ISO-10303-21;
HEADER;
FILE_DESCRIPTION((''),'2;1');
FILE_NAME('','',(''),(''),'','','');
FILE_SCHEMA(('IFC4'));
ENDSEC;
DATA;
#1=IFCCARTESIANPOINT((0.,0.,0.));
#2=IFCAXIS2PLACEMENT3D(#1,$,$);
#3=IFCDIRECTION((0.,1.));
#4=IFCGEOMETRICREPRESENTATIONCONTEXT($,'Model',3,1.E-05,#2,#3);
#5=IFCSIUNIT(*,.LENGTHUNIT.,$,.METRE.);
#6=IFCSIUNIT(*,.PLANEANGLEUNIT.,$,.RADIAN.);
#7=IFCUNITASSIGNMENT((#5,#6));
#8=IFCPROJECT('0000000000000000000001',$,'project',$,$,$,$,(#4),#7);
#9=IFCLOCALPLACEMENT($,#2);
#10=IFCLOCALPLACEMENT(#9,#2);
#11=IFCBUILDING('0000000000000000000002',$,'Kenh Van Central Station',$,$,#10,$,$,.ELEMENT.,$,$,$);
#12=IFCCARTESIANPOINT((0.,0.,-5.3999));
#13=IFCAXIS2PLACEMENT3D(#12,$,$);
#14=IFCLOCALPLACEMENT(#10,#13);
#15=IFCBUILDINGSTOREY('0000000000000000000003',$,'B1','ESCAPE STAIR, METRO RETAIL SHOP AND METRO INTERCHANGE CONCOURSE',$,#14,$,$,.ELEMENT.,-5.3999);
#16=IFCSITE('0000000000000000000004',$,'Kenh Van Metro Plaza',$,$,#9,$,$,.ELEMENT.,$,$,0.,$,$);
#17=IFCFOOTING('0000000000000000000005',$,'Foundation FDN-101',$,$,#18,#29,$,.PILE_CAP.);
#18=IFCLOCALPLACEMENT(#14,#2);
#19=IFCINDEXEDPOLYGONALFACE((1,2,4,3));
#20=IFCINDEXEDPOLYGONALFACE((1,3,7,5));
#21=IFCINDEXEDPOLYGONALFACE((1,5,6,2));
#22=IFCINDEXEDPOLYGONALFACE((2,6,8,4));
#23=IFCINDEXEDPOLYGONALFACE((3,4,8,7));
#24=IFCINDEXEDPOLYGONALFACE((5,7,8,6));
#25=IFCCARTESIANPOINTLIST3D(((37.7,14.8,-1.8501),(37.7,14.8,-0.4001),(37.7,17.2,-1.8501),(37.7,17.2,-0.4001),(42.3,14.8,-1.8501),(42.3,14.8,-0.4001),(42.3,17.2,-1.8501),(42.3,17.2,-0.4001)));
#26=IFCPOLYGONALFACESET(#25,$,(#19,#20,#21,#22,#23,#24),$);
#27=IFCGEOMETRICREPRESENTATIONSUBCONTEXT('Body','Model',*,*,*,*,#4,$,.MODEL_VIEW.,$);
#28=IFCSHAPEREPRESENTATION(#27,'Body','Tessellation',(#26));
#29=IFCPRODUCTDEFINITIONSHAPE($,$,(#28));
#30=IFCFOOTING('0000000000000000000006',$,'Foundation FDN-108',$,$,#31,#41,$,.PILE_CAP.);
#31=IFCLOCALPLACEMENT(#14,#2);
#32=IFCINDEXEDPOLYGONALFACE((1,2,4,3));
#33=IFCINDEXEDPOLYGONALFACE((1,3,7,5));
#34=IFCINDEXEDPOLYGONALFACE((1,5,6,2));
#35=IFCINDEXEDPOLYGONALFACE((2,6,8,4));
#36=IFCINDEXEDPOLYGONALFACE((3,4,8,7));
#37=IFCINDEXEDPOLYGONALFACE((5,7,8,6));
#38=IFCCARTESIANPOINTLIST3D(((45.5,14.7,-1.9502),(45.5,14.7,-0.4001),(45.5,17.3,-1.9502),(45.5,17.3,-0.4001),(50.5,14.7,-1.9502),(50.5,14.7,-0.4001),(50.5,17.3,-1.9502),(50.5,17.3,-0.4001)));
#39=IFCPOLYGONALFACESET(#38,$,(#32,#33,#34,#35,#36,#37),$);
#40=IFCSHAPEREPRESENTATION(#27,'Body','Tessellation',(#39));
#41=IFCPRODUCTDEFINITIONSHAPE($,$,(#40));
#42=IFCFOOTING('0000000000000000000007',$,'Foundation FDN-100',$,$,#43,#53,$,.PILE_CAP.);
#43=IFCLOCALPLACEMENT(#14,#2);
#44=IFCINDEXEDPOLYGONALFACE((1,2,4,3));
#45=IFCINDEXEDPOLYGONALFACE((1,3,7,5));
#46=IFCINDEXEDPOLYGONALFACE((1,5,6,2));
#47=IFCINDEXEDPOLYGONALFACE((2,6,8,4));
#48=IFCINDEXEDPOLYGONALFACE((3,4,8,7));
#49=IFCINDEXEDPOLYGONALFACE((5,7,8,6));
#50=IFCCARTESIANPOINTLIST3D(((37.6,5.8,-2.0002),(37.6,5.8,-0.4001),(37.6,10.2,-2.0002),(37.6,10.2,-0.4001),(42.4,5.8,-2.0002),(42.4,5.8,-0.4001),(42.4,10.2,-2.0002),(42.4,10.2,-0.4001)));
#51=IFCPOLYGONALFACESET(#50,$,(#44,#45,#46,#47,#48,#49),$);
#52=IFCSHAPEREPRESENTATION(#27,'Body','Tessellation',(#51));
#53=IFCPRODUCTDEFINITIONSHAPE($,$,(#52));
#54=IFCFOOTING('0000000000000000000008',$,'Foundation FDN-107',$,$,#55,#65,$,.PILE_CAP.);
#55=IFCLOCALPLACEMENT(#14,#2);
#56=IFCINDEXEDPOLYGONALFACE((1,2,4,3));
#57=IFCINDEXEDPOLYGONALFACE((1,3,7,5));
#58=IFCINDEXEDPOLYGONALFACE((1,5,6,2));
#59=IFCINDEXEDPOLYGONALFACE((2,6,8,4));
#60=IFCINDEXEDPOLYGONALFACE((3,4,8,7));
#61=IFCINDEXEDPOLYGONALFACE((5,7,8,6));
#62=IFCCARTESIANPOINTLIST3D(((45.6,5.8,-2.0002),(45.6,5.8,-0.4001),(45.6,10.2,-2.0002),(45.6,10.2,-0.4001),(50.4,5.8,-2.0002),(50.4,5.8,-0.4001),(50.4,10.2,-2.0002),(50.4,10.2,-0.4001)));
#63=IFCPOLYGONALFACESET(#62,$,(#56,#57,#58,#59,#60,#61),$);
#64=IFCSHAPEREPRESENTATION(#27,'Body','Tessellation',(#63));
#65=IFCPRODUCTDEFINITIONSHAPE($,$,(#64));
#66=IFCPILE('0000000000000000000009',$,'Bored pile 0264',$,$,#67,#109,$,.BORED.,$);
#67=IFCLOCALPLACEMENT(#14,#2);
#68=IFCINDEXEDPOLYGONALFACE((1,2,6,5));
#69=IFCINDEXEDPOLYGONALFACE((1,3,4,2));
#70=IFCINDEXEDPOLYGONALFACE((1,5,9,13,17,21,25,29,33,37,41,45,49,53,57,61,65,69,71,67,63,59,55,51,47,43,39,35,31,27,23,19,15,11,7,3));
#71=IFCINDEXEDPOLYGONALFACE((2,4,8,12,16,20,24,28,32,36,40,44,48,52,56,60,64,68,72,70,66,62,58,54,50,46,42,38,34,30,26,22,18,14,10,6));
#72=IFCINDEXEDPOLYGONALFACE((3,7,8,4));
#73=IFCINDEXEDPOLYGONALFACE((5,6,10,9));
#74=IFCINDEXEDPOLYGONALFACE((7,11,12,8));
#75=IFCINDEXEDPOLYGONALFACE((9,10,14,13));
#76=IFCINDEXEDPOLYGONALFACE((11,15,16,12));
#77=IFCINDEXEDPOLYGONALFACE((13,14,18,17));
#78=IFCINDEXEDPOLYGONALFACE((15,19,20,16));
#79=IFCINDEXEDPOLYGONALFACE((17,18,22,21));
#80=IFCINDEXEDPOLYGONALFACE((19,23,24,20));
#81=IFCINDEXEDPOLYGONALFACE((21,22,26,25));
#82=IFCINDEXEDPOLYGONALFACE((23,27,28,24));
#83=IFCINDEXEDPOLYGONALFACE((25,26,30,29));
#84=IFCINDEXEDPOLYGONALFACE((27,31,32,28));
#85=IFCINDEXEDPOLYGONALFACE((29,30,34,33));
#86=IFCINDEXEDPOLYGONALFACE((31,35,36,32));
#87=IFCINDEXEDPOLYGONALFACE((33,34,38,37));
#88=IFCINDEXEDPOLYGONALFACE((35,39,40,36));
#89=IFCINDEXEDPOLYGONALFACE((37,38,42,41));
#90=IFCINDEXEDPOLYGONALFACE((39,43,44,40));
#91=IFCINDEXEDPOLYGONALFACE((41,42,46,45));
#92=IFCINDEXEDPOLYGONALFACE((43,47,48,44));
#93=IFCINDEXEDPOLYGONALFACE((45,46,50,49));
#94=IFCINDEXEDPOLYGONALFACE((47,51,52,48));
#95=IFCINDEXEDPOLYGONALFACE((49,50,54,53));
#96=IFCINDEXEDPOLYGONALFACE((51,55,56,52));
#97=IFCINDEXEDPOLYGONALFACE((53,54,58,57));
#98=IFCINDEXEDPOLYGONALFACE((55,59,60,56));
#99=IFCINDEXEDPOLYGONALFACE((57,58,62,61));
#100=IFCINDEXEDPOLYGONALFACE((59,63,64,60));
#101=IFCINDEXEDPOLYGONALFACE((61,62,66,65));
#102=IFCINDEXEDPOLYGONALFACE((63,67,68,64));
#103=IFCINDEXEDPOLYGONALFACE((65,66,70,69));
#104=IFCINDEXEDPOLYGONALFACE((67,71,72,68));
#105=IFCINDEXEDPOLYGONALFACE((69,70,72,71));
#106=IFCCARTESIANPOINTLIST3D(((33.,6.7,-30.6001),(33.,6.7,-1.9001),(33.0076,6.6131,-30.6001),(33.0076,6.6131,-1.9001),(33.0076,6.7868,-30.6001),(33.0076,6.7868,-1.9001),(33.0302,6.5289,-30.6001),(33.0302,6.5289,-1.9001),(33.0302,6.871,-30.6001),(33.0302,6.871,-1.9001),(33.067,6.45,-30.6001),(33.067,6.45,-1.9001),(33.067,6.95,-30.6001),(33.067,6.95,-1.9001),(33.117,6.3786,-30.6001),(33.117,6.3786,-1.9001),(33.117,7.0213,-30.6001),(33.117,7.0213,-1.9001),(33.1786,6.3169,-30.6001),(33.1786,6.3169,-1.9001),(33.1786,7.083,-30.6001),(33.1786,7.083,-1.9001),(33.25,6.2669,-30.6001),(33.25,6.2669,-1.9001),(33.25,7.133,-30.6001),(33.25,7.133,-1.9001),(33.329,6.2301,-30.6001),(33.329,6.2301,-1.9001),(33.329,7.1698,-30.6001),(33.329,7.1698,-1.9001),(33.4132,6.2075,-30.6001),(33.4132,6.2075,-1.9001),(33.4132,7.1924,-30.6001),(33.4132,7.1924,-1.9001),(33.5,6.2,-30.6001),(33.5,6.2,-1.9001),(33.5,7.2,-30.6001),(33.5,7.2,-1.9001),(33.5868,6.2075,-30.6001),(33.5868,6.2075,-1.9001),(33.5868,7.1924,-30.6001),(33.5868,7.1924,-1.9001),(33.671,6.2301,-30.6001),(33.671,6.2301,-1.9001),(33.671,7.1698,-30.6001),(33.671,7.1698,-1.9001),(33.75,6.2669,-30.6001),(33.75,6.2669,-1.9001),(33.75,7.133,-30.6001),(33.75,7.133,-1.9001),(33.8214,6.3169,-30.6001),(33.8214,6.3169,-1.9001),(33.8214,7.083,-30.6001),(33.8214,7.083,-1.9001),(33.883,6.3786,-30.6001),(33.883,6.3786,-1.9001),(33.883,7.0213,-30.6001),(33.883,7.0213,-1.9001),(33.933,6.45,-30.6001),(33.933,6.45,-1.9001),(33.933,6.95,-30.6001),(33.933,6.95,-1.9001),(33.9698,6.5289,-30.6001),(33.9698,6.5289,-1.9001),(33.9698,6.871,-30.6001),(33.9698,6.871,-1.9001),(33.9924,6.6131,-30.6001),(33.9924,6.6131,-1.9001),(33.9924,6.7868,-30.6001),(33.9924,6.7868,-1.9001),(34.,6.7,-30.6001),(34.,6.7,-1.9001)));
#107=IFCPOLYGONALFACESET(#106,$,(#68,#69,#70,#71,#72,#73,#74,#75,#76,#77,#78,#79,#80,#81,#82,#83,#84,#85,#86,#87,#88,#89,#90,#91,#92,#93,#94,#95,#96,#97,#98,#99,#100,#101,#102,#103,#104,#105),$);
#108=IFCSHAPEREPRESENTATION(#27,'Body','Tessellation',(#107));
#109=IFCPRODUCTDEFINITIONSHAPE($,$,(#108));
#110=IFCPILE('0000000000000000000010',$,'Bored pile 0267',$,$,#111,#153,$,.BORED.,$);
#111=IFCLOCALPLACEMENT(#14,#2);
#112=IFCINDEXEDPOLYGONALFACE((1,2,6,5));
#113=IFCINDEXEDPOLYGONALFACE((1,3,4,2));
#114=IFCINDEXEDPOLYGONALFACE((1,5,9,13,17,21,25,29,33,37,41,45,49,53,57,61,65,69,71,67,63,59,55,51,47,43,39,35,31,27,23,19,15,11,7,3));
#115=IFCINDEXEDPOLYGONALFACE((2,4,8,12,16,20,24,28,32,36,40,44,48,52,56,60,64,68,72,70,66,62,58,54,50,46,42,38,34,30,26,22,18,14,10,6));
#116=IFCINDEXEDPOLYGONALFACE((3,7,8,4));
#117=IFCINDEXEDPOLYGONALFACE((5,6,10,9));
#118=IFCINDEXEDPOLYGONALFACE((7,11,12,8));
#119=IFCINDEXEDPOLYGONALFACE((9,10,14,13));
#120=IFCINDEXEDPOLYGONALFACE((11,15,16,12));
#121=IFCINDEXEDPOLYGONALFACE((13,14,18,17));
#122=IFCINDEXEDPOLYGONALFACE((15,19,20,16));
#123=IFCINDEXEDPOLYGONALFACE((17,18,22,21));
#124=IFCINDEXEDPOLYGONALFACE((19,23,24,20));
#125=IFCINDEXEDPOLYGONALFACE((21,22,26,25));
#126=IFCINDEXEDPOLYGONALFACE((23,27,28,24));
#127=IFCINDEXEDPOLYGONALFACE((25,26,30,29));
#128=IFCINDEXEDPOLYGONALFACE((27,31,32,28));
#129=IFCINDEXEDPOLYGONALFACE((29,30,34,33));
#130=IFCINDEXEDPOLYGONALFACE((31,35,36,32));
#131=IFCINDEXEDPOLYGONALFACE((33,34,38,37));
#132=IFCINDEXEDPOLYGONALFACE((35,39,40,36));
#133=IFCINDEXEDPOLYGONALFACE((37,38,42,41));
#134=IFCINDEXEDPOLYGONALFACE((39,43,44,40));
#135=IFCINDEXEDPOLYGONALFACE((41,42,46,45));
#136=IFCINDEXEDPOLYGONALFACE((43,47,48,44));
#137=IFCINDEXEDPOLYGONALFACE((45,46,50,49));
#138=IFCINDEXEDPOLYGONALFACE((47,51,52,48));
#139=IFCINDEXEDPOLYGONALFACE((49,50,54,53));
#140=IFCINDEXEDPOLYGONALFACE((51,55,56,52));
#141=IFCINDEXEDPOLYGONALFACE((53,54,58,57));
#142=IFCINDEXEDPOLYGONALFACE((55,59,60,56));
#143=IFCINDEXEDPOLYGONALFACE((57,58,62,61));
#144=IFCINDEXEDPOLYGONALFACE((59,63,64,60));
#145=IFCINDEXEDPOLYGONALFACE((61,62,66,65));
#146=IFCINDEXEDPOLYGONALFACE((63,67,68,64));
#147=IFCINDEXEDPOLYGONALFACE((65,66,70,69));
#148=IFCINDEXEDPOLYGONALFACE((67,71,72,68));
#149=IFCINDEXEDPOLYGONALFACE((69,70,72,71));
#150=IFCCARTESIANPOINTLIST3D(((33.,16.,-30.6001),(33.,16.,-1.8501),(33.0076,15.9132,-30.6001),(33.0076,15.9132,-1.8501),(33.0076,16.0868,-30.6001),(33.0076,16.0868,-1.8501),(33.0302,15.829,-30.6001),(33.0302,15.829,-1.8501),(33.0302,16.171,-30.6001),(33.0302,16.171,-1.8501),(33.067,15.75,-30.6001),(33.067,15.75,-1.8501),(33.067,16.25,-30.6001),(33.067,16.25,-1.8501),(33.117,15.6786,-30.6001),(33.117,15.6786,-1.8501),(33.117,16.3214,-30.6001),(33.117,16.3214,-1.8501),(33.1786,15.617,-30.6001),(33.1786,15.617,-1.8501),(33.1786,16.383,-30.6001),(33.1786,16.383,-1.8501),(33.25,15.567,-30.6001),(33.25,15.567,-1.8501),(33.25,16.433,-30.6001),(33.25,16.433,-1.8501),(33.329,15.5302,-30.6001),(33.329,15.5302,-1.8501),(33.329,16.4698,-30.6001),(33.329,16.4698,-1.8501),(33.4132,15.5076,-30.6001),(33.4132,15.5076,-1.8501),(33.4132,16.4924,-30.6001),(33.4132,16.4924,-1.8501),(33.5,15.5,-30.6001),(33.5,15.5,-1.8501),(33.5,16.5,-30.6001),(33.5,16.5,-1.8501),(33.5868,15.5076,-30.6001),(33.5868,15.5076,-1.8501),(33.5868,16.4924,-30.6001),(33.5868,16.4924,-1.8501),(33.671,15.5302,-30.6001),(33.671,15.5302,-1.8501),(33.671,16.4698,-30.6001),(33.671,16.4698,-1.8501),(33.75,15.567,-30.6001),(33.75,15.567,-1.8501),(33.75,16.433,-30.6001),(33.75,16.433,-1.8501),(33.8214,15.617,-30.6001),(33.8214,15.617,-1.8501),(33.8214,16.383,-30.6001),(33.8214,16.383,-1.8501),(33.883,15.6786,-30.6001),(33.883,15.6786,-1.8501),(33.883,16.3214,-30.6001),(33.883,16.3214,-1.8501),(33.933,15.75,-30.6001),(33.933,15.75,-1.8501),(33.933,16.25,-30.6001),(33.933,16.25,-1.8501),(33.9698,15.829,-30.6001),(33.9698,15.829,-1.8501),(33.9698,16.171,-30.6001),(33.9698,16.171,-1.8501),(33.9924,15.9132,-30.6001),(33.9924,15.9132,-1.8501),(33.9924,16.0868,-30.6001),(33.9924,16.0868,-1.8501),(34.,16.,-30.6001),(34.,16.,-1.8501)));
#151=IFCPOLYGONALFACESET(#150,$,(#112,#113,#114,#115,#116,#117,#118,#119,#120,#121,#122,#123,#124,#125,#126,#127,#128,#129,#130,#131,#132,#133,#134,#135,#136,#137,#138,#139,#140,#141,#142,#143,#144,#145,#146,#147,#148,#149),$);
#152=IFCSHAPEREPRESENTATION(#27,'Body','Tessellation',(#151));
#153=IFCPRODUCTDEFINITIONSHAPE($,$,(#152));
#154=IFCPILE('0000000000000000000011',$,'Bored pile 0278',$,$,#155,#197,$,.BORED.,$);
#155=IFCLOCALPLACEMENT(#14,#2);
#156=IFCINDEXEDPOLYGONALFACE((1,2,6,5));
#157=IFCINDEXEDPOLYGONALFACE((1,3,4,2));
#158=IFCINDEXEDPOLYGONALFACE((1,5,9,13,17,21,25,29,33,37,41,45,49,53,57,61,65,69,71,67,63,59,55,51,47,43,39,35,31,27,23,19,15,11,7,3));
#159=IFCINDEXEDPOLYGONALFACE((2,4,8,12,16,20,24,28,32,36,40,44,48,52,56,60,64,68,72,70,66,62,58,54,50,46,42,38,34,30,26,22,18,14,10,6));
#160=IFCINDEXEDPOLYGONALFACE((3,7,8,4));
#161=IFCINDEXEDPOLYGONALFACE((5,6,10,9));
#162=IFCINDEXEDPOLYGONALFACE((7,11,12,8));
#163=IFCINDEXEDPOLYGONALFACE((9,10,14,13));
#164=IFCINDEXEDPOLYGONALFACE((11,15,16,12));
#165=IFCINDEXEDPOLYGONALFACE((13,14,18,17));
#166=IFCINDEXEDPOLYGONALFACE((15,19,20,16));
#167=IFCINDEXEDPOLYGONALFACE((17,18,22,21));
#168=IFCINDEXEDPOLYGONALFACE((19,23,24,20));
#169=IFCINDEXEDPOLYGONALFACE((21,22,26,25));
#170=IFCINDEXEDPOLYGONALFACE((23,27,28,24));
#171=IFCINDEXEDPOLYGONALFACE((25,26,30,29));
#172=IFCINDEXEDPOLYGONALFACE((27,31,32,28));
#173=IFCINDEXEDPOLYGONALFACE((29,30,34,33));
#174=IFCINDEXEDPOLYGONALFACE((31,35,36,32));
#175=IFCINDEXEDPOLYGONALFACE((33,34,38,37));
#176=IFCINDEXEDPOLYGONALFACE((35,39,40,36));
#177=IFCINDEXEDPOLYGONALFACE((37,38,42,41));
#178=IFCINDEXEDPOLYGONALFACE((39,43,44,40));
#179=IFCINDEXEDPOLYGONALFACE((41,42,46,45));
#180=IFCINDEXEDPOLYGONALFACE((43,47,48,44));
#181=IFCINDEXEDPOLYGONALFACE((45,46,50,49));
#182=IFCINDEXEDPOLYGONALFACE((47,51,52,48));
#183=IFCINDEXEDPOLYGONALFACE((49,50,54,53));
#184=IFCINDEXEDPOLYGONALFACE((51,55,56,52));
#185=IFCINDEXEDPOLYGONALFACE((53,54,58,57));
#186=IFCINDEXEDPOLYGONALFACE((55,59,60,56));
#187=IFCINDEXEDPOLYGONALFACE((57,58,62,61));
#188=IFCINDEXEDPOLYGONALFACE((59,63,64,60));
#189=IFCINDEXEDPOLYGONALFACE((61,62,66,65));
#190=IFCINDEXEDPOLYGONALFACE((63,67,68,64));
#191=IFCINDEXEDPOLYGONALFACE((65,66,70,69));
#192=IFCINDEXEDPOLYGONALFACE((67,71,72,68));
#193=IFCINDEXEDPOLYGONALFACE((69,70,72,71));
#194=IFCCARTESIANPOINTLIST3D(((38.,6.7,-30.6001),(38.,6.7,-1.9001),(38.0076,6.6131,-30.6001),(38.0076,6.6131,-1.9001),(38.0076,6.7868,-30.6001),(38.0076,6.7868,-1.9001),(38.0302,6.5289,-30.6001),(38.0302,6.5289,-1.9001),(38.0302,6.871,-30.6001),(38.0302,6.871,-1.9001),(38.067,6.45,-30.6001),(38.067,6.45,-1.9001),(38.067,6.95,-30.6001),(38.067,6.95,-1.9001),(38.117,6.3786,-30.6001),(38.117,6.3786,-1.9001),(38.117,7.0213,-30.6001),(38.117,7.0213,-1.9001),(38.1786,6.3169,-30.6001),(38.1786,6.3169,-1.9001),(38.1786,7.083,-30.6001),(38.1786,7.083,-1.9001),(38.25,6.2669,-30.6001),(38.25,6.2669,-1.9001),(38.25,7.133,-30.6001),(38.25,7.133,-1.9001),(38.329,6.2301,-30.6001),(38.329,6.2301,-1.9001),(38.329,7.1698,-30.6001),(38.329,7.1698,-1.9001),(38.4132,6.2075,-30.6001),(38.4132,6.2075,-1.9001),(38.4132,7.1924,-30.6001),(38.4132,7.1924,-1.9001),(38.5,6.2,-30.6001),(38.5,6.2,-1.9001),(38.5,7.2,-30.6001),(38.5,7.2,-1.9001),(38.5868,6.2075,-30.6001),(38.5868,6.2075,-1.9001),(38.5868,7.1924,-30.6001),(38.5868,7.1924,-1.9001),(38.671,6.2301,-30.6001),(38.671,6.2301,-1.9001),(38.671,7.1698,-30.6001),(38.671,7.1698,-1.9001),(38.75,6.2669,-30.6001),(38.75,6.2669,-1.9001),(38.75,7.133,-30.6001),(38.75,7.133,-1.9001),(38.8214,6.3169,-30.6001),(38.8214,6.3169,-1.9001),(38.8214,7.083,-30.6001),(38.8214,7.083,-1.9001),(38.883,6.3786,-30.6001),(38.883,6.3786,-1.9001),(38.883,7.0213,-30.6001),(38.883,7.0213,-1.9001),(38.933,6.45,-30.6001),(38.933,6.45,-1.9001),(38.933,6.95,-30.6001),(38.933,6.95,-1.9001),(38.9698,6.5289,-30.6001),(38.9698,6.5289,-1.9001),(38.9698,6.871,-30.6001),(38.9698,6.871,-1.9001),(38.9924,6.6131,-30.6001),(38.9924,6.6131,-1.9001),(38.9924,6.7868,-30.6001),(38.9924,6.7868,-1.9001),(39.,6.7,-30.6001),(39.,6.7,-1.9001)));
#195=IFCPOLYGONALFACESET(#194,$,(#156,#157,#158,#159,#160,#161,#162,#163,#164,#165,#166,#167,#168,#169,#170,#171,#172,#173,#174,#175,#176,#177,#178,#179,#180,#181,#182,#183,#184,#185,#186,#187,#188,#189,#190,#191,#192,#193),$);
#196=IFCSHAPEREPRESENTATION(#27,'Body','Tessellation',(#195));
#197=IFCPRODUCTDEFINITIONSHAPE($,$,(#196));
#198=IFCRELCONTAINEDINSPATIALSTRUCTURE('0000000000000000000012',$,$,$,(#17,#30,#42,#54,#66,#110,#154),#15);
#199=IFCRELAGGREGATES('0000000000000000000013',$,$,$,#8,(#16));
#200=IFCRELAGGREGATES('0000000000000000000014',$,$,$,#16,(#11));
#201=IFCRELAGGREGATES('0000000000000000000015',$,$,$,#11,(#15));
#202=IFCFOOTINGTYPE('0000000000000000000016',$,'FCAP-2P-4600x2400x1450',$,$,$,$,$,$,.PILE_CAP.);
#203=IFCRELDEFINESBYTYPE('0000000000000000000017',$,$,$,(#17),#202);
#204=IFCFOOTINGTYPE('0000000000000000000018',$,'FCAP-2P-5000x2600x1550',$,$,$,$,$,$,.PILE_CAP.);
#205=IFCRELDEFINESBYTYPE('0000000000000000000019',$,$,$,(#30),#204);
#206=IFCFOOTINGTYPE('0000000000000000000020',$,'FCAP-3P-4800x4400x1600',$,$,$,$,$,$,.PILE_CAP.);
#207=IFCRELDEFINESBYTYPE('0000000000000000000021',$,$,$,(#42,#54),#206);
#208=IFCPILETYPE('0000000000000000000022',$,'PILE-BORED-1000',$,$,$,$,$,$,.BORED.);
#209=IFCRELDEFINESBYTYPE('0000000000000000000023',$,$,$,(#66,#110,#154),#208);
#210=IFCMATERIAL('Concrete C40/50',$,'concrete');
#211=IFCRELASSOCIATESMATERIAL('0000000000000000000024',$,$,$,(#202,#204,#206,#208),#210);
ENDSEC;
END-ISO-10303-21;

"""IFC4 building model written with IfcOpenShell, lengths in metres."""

from ifc_helpers import new_model, si_unit, direction, frame, origin, origin_2d, place, context, subcontext, project, spatial, rectangle, circle, extrude, material, material_profile, profile_set, type_object, element, save


model = new_model("IFC4")

# Units and contexts
model_context = context("Model", 3, precision=1e-05, world=origin(), true_north=direction((0.0, 1.0)))
body_context = subcontext(model_context, "Body", "Model", "MODEL_VIEW")
ifc_project = project(units=[si_unit("LENGTHUNIT", "METRE"), si_unit("PLANEANGLEUNIT", "RADIAN")], contexts=[model_context])

# Site, building, storey
site_placement = place(None, origin())
site = spatial("IfcSite", under=ifc_project, at=site_placement, Name="Kenh Van Metro Plaza", CompositionType="ELEMENT", RefElevation=0.0)
building_placement = place(site_placement, origin())
building = spatial("IfcBuilding", under=site, at=building_placement, Name="Kenh Van Central Station", CompositionType="ELEMENT")
storey_placement = place(building_placement, frame((0.0, 0.0, -5.3999)))
storey = spatial("IfcBuildingStorey", under=building, at=storey_placement, Name="B1", Description="ESCAPE STAIR, METRO RETAIL SHOP AND METRO INTERCHANGE CONCOURSE", CompositionType="ELEMENT", Elevation=-5.3999)

# Footings
ifc_material_1 = material(Name="Concrete C40/50", Category="concrete")
footing_type_1 = type_object("IfcFootingType", Name="FCAP-2P-4600x2400x1450", PredefinedType="PILE_CAP", material=ifc_material_1)
footing_1_placement = place(storey_placement, frame((40.0, 16.0, -1.8501), z_axis=(0.0, 0.0, 1.0), x_axis=(1.0, 0.0, 0.0)))
element("IfcFooting", 1, at=footing_1_placement, inside=storey, type_object=footing_type_1, Name="Foundation FDN-101", PredefinedType="PILE_CAP", context=body_context, shape_type="SweptSolid", body=[
    extrude(rectangle(XDim=4.6001, YDim=2.3999, at=origin_2d()), origin(), (0.0, 0.0, 1.0), 1.45),
])
footing_type_2 = type_object("IfcFootingType", Name="FCAP-2P-5000x2600x1550", PredefinedType="PILE_CAP", material=ifc_material_1)
footing_2_placement = place(storey_placement, frame((48.0, 16.0, -1.9502), z_axis=(0.0, 0.0, 1.0), x_axis=(1.0, 0.0, 0.0)))
element("IfcFooting", 2, at=footing_2_placement, inside=storey, type_object=footing_type_2, Name="Foundation FDN-108", PredefinedType="PILE_CAP", context=body_context, shape_type="SweptSolid", body=[
    extrude(rectangle(XDim=5.0, YDim=2.6001, at=origin_2d()), origin(), (0.0, 0.0, 1.0), 1.55),
])
footing_type_3 = type_object("IfcFootingType", Name="FCAP-3P-4800x4400x1600", PredefinedType="PILE_CAP", material=ifc_material_1)
for number, where, z_axis, x_axis, name in (
    (3, (40.0, 8.0, -2.0002), (0.0, 0.0, 1.0), (1.0, 0.0, 0.0), "Foundation FDN-100"),
    (4, (48.0, 8.0, -2.0002), (0.0, 0.0, 1.0), (1.0, 0.0, 0.0), "Foundation FDN-107"),
):
    element("IfcFooting", number, at=place(storey_placement, frame(where, z_axis=z_axis, x_axis=x_axis)), inside=storey, type_object=footing_type_3, Name=name, PredefinedType="PILE_CAP", context=body_context, shape_type="SweptSolid", body=[
        extrude(rectangle(XDim=4.8, YDim=4.3999, at=origin_2d()), origin(), (0.0, 0.0, 1.0), 1.6001),
    ])

# Piles
ifc_material_profile_1 = material_profile(ifc_material_1, circle(Radius=0.5, at=origin_2d()), Name="PILE D1000")
ifc_profile_set_1 = profile_set([ifc_material_profile_1], Name="Concrete C40/50")
pile_type = type_object("IfcPileType", Name="PILE-BORED-1000", PredefinedType="BORED", material=ifc_profile_set_1)
pile_1_placement = place(storey_placement, frame((33.5, 6.7, -1.9001), z_axis=(0.0, 0.0, -1.0), x_axis=(1.0, 0.0, 0.0)))
element("IfcPile", 5, at=pile_1_placement, inside=storey, type_object=pile_type, Name="Bored pile 0264", PredefinedType="BORED", context=body_context, shape_type="SweptSolid", body=[
    extrude(circle(Radius=0.5, at=origin_2d()), origin(), (0.0, 0.0, 1.0), 28.7),
])
pile_2_placement = place(storey_placement, frame((33.5, 16.0, -1.8501), z_axis=(0.0, 0.0, -1.0), x_axis=(1.0, 0.0, 0.0)))
element("IfcPile", 6, at=pile_2_placement, inside=storey, type_object=pile_type, Name="Bored pile 0267", PredefinedType="BORED", context=body_context, shape_type="SweptSolid", body=[
    extrude(circle(Radius=0.5, at=origin_2d()), origin(), (0.0, 0.0, 1.0), 28.75),
])
for number, where, z_axis, x_axis, name in (
    (7, (38.5, 6.7, -1.9001), (0.0, 0.0, -1.0), (1.0, 0.0, 0.0), "Bored pile 0278"),
):
    element("IfcPile", number, at=place(storey_placement, frame(where, z_axis=z_axis, x_axis=x_axis)), inside=storey, type_object=pile_type, Name=name, PredefinedType="BORED", context=body_context, shape_type="SweptSolid", body=[
        extrude(circle(Radius=0.5, at=origin_2d()), origin(), (0.0, 0.0, 1.0), 28.7),
    ])

save(model, "model.ifc")
